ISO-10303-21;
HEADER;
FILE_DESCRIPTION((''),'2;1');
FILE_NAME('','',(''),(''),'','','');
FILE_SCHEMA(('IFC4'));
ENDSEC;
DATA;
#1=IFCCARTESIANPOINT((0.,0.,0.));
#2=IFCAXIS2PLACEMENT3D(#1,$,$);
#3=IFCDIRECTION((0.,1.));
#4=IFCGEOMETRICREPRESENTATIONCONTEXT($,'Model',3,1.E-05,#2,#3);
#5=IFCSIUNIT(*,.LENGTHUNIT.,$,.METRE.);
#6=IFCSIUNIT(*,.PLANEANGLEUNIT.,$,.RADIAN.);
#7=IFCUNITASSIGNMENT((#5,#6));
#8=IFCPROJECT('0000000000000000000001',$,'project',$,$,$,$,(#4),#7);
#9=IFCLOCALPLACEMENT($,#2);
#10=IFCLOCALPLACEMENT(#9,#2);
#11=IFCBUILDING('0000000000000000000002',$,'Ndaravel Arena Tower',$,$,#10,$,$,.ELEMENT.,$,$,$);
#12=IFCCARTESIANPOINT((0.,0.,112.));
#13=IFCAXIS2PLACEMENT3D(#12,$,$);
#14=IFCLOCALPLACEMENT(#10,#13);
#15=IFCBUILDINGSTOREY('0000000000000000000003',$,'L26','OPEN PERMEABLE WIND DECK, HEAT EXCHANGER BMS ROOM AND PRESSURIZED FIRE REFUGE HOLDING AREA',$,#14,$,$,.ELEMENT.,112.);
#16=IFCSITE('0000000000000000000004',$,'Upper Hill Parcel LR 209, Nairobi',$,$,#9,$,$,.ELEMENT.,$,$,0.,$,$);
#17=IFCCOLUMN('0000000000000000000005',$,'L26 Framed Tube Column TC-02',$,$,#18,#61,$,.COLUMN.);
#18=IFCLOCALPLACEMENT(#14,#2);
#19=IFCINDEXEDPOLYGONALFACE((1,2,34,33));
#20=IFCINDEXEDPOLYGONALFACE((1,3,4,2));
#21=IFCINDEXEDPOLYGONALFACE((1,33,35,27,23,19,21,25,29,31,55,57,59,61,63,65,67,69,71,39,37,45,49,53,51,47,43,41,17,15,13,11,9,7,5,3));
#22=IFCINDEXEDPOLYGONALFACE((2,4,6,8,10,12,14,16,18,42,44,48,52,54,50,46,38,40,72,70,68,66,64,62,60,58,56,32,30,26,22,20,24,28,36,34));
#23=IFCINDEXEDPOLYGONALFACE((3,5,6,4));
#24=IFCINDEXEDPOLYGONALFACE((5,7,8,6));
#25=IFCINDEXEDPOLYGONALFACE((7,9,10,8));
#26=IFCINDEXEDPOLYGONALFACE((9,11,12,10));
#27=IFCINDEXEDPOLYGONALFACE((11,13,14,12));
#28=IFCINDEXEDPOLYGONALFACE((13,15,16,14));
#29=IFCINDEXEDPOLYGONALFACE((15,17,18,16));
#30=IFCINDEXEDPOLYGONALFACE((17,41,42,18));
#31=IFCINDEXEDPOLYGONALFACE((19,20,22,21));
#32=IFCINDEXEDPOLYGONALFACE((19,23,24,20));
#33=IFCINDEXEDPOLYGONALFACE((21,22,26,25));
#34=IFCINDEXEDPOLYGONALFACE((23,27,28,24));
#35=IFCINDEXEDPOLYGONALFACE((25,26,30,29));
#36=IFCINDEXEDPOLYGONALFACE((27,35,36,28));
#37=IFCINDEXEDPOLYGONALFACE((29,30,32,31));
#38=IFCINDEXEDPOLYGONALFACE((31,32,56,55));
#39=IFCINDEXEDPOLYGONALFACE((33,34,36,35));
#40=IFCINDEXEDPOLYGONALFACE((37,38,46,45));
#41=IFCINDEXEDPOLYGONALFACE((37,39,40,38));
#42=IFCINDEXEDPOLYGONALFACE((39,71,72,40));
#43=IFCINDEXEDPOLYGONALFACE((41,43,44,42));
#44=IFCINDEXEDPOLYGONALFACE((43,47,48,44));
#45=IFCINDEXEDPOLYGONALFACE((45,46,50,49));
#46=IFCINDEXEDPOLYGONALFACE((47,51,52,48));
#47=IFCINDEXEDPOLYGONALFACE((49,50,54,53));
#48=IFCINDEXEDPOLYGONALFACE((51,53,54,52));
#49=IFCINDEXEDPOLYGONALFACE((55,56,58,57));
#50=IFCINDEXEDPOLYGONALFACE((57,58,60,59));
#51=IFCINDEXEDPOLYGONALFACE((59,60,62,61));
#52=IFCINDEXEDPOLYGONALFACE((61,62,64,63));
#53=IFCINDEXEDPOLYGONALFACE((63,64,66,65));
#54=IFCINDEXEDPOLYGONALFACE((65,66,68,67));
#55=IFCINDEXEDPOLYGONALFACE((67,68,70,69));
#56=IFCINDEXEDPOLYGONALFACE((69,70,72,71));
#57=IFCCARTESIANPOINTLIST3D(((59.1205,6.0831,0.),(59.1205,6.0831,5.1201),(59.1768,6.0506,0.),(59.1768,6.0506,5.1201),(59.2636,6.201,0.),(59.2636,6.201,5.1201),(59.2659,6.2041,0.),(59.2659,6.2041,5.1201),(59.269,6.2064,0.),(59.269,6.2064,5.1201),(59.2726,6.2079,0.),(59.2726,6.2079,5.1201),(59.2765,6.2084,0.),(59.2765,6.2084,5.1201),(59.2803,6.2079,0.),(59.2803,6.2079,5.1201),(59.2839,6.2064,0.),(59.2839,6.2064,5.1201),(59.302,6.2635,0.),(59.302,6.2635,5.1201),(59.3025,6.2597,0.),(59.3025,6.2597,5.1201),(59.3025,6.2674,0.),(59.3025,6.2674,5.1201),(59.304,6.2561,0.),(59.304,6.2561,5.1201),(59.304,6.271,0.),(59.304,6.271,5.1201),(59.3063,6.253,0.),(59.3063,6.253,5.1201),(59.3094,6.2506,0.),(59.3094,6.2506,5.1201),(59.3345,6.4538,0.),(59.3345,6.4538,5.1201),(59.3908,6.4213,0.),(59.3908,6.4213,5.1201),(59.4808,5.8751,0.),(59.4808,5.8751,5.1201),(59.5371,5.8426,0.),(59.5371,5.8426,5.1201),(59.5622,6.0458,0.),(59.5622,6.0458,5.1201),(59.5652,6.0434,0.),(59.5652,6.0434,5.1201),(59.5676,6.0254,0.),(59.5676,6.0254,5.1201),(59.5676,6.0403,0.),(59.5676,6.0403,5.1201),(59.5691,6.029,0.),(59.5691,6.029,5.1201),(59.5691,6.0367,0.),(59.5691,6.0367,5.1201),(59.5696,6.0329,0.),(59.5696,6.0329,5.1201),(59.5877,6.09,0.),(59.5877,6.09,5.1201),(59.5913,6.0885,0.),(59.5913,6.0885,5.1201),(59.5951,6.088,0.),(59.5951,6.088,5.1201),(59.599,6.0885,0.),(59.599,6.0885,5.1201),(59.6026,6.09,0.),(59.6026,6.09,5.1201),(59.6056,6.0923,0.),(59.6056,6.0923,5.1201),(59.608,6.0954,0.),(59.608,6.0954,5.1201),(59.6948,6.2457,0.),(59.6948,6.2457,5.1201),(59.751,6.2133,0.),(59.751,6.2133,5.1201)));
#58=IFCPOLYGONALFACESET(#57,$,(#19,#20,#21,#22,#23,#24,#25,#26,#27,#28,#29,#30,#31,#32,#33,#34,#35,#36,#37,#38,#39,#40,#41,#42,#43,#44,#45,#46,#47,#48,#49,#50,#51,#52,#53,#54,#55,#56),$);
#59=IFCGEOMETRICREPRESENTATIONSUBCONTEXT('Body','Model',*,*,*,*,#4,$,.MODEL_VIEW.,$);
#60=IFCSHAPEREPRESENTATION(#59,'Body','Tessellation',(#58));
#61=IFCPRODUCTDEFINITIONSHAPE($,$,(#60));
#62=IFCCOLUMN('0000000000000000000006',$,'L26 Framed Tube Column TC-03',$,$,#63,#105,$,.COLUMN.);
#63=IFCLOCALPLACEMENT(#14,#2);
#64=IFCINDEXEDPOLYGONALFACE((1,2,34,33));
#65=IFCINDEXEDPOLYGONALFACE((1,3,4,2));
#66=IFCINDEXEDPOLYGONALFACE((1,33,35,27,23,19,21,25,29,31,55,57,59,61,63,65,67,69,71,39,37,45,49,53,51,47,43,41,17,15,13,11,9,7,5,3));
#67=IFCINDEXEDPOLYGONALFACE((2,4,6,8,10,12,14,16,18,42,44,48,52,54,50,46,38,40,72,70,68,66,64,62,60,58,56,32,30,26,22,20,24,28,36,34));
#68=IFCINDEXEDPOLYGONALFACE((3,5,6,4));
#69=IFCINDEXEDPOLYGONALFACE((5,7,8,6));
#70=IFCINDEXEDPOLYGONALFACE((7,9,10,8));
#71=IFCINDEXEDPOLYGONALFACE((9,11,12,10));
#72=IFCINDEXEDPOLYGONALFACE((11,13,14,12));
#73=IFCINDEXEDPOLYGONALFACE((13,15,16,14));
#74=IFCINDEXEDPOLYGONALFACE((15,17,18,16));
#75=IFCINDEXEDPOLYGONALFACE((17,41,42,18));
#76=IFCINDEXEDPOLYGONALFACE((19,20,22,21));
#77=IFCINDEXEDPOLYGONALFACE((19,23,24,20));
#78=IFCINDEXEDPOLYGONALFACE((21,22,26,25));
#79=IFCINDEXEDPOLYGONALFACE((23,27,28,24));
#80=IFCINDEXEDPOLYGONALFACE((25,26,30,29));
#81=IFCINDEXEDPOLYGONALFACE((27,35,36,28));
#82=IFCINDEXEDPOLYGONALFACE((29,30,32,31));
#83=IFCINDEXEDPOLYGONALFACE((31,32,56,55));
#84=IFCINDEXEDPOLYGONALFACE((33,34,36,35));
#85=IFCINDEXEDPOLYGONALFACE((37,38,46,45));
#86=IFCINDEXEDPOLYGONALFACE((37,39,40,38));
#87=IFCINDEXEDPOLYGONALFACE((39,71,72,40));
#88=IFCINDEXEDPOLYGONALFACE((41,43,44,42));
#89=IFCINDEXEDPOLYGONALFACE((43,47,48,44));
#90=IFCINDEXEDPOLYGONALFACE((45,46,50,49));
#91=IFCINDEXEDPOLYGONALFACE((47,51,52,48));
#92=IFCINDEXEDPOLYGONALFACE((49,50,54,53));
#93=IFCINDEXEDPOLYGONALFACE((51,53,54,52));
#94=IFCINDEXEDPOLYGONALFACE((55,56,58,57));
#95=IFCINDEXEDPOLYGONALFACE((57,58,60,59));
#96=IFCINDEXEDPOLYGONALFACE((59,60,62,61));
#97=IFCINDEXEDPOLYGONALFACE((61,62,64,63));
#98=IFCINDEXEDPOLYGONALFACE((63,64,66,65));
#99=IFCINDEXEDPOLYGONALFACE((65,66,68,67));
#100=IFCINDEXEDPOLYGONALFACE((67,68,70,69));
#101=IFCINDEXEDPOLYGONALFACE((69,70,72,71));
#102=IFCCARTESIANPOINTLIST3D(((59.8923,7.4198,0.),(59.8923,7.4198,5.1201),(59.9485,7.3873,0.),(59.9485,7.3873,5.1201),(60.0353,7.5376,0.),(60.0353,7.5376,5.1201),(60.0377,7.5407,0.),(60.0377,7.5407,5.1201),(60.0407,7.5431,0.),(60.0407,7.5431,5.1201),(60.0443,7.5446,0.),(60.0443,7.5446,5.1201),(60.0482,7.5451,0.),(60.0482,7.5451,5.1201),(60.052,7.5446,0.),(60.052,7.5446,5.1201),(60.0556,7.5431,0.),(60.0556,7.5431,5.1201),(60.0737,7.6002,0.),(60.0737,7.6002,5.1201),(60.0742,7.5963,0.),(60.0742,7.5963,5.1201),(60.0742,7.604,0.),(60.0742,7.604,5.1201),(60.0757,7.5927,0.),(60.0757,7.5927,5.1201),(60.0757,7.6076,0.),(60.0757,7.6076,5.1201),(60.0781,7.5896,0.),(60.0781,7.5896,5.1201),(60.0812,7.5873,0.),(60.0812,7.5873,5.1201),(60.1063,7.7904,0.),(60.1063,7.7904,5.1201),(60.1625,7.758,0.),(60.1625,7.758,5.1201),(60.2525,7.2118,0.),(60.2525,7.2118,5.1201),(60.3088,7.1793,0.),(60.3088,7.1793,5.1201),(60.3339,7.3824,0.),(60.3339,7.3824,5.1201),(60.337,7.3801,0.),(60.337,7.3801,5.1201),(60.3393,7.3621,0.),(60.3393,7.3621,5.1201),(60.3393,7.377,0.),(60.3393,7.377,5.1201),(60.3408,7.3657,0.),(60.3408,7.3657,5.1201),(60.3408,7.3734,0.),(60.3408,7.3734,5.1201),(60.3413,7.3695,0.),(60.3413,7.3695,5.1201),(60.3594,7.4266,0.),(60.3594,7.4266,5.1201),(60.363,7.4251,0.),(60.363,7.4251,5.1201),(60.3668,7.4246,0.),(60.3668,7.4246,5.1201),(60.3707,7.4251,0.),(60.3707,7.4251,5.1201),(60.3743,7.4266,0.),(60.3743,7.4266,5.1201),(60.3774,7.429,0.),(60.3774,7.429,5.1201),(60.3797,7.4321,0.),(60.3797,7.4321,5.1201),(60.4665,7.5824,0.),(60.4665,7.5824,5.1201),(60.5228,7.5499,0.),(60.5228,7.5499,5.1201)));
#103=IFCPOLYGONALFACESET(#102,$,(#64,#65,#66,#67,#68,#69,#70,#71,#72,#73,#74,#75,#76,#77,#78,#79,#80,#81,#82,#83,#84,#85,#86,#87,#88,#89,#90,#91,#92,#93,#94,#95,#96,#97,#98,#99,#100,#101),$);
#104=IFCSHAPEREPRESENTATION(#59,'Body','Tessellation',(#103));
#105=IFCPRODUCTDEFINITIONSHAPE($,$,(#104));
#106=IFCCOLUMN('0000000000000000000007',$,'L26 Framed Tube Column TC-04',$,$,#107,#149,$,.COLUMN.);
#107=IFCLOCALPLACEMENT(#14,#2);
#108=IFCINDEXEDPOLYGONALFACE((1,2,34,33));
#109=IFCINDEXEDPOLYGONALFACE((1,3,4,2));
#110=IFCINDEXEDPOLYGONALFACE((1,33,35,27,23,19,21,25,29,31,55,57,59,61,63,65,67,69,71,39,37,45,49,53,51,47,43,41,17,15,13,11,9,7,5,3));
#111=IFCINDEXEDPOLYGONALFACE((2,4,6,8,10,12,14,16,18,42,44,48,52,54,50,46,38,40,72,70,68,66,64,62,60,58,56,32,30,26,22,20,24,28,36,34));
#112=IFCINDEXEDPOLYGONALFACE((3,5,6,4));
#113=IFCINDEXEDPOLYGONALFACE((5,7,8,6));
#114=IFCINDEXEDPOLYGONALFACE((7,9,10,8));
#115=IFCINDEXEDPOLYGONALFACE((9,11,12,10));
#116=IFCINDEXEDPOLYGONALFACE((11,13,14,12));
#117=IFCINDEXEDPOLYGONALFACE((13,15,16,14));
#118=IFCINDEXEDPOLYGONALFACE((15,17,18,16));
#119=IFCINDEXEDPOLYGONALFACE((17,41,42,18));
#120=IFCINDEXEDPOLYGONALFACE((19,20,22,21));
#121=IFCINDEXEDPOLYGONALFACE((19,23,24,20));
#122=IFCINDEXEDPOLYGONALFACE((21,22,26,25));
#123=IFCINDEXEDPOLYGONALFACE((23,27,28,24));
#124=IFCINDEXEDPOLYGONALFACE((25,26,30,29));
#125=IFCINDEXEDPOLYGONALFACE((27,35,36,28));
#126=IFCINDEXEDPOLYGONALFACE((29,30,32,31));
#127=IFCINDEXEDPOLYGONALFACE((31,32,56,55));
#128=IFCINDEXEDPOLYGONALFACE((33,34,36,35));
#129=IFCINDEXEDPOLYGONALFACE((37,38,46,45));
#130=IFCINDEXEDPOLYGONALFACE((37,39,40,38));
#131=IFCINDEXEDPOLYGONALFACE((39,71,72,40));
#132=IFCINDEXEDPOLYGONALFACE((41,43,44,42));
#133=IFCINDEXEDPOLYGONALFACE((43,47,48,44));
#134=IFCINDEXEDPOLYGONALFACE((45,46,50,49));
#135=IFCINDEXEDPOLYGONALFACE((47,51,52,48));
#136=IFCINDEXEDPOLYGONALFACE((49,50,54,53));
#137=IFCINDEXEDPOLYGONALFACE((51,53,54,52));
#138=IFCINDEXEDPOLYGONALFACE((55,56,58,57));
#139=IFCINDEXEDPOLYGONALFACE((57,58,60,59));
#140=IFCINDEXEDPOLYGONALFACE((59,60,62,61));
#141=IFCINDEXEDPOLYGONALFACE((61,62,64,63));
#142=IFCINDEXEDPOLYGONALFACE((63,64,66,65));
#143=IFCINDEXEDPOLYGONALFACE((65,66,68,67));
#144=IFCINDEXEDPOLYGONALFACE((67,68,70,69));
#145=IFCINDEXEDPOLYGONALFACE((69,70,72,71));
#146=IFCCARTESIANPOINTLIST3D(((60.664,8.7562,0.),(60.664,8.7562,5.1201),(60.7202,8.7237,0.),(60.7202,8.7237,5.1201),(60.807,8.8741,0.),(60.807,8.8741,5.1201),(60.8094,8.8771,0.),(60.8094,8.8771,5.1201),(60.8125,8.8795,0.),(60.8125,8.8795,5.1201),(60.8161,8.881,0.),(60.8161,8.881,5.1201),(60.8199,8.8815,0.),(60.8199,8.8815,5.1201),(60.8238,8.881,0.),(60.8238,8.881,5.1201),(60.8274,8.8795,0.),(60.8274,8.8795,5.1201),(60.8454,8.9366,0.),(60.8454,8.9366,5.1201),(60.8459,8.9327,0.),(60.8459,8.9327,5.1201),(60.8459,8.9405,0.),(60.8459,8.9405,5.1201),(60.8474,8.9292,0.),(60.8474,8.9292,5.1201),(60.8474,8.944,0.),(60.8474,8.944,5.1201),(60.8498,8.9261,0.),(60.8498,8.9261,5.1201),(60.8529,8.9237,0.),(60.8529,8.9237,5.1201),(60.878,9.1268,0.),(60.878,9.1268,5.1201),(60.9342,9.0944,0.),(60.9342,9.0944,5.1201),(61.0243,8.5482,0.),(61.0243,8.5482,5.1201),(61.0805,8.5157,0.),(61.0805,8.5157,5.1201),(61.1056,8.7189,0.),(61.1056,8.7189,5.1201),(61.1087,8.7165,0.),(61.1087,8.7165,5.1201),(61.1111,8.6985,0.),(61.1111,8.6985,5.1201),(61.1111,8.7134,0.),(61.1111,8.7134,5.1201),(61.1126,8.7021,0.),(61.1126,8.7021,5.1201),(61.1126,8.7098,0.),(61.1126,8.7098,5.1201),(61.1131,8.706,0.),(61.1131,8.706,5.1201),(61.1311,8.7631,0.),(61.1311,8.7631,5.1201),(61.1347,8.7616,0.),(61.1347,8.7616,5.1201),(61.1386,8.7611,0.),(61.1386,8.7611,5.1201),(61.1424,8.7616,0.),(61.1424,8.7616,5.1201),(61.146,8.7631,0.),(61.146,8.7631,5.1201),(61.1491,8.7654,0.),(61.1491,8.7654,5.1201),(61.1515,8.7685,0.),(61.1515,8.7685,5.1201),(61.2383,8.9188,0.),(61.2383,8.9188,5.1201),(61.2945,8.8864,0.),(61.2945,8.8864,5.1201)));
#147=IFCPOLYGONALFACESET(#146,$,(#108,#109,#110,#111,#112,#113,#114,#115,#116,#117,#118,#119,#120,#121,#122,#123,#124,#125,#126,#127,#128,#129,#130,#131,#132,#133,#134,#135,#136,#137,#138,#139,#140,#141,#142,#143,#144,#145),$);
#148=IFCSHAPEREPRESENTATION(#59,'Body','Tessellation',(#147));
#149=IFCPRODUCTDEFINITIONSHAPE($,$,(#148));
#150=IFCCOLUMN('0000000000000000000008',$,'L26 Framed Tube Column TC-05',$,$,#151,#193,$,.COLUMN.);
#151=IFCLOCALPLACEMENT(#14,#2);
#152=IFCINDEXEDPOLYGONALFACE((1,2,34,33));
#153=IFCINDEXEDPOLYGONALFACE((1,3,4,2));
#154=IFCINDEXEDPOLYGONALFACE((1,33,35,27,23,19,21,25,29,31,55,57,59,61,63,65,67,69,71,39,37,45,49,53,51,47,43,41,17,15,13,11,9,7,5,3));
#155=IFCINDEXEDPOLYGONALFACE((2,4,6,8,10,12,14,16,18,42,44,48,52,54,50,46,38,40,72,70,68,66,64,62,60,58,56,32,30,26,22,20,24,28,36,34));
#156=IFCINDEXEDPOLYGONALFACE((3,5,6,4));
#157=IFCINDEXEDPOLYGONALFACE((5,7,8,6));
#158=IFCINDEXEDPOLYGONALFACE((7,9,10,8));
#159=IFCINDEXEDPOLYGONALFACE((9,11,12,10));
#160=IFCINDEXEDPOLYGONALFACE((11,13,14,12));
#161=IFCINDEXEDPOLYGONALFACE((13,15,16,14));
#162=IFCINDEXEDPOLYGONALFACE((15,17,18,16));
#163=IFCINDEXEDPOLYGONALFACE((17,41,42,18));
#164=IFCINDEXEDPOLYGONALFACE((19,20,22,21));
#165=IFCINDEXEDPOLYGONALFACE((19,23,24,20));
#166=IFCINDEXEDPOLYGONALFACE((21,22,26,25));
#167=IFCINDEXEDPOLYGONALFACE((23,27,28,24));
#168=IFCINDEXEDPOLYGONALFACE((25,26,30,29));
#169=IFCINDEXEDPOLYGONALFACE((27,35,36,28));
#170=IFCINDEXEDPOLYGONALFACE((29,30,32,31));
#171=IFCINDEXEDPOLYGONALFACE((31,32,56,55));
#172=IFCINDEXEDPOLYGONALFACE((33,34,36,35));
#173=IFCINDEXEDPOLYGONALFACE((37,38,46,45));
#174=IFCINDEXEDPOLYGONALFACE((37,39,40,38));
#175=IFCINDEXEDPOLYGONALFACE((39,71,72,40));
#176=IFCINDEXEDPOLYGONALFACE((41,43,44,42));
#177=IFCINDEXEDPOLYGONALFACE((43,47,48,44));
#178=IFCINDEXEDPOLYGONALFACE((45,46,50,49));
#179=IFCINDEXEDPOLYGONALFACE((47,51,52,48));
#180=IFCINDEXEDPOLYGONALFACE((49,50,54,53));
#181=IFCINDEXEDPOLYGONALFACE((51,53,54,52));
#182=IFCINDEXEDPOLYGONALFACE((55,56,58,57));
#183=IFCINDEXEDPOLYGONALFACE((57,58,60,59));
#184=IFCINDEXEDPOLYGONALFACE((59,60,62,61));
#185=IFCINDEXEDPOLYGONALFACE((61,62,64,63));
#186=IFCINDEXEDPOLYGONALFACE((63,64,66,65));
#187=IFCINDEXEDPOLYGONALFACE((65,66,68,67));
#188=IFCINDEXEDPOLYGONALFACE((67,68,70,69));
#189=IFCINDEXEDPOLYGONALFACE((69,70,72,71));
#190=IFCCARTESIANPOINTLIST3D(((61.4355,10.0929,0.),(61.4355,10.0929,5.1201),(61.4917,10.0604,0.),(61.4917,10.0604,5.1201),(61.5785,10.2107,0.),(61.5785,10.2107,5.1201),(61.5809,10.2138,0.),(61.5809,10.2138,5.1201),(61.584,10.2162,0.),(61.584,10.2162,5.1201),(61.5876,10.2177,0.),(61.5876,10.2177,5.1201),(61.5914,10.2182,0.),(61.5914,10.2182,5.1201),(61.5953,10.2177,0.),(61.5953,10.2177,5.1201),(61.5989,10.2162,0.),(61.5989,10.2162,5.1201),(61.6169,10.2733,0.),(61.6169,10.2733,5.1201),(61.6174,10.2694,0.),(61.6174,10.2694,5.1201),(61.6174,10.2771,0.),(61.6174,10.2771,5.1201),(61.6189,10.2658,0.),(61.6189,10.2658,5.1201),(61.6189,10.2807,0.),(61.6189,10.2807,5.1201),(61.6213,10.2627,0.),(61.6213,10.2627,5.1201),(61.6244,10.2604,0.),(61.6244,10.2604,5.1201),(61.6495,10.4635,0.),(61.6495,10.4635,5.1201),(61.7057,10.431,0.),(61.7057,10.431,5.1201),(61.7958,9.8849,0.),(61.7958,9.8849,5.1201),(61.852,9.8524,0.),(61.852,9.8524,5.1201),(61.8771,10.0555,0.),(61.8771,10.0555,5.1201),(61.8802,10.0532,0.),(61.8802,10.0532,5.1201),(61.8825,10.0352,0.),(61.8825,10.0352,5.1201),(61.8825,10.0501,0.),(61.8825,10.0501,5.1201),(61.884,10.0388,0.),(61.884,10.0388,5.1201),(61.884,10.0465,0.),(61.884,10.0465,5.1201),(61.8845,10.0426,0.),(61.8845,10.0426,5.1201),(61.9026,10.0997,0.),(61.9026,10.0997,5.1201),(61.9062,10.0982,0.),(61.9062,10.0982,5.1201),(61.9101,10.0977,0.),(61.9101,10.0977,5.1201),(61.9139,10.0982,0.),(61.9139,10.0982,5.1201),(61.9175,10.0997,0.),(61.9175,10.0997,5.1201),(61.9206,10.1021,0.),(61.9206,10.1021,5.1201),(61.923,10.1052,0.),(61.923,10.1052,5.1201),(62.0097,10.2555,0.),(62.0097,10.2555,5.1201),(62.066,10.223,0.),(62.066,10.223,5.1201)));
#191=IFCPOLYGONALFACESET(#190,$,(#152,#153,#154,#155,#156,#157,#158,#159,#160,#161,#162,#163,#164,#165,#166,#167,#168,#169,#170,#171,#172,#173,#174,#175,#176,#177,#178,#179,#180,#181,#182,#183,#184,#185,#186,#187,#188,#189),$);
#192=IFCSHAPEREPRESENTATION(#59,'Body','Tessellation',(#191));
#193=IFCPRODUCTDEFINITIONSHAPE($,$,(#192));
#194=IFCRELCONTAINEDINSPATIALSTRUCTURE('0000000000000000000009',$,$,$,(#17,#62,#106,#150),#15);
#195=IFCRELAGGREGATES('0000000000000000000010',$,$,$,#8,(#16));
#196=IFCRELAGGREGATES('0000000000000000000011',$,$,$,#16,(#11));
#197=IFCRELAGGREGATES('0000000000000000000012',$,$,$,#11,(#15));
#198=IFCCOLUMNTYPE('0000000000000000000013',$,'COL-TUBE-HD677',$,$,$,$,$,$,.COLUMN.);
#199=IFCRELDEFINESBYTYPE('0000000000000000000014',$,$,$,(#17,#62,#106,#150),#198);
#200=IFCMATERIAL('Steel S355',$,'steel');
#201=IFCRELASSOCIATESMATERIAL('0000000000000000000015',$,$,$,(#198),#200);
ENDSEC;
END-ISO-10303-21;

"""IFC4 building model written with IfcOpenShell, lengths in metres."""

from ifc_helpers import new_model, si_unit, direction, frame, origin, origin_2d, place, context, subcontext, project, spatial, i_section, extrude, material, material_profile, profile_set, type_object, element, save


model = new_model("IFC4")

# Units and contexts
model_context = context("Model", 3, precision=1e-05, world=origin(), true_north=direction((0.0, 1.0)))
body_context = subcontext(model_context, "Body", "Model", "MODEL_VIEW")
ifc_project = project(units=[si_unit("LENGTHUNIT", "METRE"), si_unit("PLANEANGLEUNIT", "RADIAN")], contexts=[model_context])

# Site, building, storey
site_placement = place(None, origin())
site = spatial("IfcSite", under=ifc_project, at=site_placement, Name="Upper Hill Parcel LR 209, Nairobi", CompositionType="ELEMENT", RefElevation=0.0)
building_placement = place(site_placement, origin())
building = spatial("IfcBuilding", under=site, at=building_placement, Name="Ndaravel Arena Tower", CompositionType="ELEMENT")
storey_placement = place(building_placement, frame((0.0, 0.0, 112.0)))
storey = spatial("IfcBuildingStorey", under=building, at=storey_placement, Name="L26", Description="OPEN PERMEABLE WIND DECK, HEAT EXCHANGER BMS ROOM AND PRESSURIZED FIRE REFUGE HOLDING AREA", CompositionType="ELEMENT", Elevation=112.0)

# Columns
ifc_material_1 = material(Name="Steel S355", Category="steel")
ifc_material_profile_1 = material_profile(ifc_material_1, i_section(OverallWidth=0.428, OverallDepth=0.481, WebThickness=0.051, FlangeThickness=0.0649, FilletRadius=0.0149, at=origin_2d()), Name="HD 400x677")
ifc_profile_set_1 = profile_set([ifc_material_profile_1], Name="Steel S355")
column_type = type_object("IfcColumnType", Name="COL-TUBE-HD677", PredefinedType="COLUMN", material=ifc_profile_set_1)
for number, where, z_axis, x_axis, name in (
    (1, (59.4358, 6.1482, 0.0), (0.0, 0.0, 1.0), (0.5, 0.866025, 0.0), "L26 Framed Tube Column TC-02"),
    (2, (60.2075, 7.4849, 0.0), (0.0, 0.0, 1.0), (0.5, 0.866025, 0.0), "L26 Framed Tube Column TC-03"),
    (3, (60.9792, 8.8213, 0.0), (0.0, 0.0, 1.0), (0.5, 0.866025, 0.0), "L26 Framed Tube Column TC-04"),
    (4, (61.7507, 10.158, 0.0), (0.0, 0.0, 1.0), (0.5, 0.866025, 0.0), "L26 Framed Tube Column TC-05"),
):
    element("IfcColumn", number, at=place(storey_placement, frame(where, z_axis=z_axis, x_axis=x_axis)), inside=storey, type_object=column_type, Name=name, PredefinedType="COLUMN", context=body_context, shape_type="SweptSolid", body=[
        extrude(i_section(OverallWidth=0.428, OverallDepth=0.481, WebThickness=0.051, FlangeThickness=0.0649, FilletRadius=0.0149, at=origin_2d()), origin(), (0.0, 0.0, 1.0), 5.1201),
    ])

save(model, "model.ifc")
